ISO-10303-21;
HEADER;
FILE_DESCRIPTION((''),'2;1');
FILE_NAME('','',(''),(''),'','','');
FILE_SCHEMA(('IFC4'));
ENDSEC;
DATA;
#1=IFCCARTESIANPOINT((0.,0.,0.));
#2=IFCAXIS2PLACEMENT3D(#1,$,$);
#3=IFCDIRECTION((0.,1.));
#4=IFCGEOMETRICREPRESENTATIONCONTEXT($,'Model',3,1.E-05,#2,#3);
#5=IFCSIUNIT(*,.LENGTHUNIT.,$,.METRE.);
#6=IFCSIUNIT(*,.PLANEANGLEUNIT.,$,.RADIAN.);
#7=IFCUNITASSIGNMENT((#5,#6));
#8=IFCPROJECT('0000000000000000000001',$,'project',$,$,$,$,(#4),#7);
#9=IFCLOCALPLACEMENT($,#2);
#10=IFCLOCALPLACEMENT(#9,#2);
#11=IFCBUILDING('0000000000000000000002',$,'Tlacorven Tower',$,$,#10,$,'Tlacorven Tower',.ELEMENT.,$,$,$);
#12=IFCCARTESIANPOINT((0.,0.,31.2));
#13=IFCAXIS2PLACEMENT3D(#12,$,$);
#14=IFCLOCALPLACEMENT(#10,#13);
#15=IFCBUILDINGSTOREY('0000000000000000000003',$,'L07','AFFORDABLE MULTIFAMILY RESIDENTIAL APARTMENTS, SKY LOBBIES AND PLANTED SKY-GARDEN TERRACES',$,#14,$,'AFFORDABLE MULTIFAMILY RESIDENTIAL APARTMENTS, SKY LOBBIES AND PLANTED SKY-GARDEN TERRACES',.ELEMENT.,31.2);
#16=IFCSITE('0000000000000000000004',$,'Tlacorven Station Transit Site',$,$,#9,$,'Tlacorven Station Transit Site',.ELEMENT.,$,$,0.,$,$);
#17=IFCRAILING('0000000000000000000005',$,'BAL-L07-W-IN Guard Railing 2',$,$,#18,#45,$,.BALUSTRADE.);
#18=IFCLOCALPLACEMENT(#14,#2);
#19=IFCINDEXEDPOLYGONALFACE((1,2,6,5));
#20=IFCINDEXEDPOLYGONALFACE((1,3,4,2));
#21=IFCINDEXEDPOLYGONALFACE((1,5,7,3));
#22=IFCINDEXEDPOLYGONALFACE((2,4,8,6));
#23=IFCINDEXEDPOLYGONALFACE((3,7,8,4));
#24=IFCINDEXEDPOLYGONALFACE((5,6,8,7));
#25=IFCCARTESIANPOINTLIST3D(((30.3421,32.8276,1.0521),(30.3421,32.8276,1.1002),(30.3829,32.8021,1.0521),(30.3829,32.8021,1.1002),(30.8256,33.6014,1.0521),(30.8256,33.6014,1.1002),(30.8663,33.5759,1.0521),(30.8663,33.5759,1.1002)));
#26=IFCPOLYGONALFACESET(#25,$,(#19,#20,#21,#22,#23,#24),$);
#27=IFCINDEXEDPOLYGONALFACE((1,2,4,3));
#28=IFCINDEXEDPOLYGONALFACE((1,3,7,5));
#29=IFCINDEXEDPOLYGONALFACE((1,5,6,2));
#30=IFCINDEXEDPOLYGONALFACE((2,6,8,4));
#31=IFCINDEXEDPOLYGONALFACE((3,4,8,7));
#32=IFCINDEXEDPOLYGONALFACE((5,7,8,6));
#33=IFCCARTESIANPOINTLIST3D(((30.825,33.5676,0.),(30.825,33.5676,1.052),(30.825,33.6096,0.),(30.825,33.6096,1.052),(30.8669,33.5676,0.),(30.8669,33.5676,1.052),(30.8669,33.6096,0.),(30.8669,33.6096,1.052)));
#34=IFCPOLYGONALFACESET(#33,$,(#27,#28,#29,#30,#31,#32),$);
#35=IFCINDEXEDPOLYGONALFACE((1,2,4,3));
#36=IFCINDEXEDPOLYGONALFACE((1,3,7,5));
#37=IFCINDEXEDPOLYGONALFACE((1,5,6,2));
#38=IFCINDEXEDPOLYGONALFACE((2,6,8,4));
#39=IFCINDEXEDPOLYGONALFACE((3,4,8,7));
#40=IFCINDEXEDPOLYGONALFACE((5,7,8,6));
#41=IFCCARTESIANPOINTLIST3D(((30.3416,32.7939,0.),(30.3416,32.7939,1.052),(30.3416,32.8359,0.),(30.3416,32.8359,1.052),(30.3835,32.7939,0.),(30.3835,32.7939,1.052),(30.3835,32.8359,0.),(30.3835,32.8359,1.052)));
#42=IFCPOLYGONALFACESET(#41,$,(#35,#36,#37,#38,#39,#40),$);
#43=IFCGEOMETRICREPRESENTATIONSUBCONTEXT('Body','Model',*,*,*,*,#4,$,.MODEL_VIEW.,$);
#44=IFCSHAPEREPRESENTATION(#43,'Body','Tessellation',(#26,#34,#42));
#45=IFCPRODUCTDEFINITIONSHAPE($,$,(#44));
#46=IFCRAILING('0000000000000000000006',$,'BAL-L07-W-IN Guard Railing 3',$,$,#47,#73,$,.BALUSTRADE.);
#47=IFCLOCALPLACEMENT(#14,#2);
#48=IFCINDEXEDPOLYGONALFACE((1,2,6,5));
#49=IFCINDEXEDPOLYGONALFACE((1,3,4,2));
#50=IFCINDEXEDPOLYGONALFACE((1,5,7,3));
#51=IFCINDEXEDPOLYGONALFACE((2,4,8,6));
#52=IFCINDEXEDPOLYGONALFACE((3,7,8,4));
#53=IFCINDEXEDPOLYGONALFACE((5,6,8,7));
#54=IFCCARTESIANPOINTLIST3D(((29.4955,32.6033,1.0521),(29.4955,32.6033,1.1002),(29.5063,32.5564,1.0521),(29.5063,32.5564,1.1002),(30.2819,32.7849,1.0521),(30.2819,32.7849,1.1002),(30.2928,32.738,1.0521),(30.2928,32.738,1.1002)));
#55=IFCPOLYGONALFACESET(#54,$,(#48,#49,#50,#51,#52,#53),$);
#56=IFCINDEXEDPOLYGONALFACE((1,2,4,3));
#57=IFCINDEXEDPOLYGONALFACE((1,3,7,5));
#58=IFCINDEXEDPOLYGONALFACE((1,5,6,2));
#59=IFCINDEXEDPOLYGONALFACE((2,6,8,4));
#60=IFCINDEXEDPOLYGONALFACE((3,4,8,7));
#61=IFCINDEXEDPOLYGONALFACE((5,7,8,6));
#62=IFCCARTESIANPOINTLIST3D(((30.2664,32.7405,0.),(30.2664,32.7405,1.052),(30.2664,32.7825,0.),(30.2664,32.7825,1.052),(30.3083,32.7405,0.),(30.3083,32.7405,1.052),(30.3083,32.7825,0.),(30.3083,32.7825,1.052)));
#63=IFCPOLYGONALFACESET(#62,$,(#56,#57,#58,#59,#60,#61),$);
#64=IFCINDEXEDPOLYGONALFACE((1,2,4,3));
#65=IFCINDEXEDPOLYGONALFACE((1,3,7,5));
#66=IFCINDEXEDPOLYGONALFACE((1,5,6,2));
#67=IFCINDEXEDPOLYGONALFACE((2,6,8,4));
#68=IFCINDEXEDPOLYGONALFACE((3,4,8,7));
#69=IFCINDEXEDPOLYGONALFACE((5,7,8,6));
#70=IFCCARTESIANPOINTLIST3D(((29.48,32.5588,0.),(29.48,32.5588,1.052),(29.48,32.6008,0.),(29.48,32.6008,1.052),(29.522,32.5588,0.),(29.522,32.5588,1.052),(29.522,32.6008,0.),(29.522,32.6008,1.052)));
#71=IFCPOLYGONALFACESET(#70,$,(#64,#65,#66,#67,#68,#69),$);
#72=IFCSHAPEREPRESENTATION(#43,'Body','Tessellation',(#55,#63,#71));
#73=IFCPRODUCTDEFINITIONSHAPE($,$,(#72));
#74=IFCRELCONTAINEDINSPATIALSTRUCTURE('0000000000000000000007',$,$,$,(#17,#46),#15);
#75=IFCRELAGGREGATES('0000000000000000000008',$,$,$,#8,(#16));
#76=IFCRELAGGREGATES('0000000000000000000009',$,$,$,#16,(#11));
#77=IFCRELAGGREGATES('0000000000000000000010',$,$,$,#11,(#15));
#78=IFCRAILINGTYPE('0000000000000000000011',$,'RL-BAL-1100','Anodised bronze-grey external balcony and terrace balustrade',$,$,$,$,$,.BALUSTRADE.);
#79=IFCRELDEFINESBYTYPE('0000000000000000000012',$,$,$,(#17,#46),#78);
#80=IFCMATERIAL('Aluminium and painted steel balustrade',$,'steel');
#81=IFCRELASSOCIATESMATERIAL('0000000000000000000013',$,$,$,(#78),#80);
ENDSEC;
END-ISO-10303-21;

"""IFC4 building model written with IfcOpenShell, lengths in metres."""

from ifc_helpers import new_model, si_unit, direction, frame, origin, origin_2d, place, context, subcontext, project, spatial, rectangle, extrude, source, transform, mapped, material, type_object, element, save


model = new_model("IFC4")

# Units and contexts
model_context = context("Model", 3, precision=1e-05, world=origin(), true_north=direction((0.0, 1.0)))
body_context = subcontext(model_context, "Body", "Model", "MODEL_VIEW")
ifc_project = project(units=[si_unit("LENGTHUNIT", "METRE"), si_unit("PLANEANGLEUNIT", "RADIAN")], contexts=[model_context])

# Site, building, storey
site_placement = place(None, origin())
site = spatial("IfcSite", under=ifc_project, at=site_placement, Name="Tlacorven Station Transit Site", LongName="Tlacorven Station Transit Site", CompositionType="ELEMENT", RefElevation=0.0)
building_placement = place(site_placement, origin())
building = spatial("IfcBuilding", under=site, at=building_placement, Name="Tlacorven Tower", LongName="Tlacorven Tower", CompositionType="ELEMENT")
storey_placement = place(building_placement, frame((0.0, 0.0, 31.2)))
storey = spatial("IfcBuildingStorey", under=building, at=storey_placement, Name="L07", Description="AFFORDABLE MULTIFAMILY RESIDENTIAL APARTMENTS, SKY LOBBIES AND PLANTED SKY-GARDEN TERRACES", LongName="AFFORDABLE MULTIFAMILY RESIDENTIAL APARTMENTS, SKY LOBBIES AND PLANTED SKY-GARDEN TERRACES", CompositionType="ELEMENT", Elevation=31.2)

# Railings
ifc_material_1 = material(Name="Aluminium and painted steel balustrade", Category="steel")
railing_type = type_object("IfcRailingType", Name="RL-BAL-1100", Description="Anodised bronze-grey external balcony and terrace balustrade", PredefinedType="BALUSTRADE", material=ifc_material_1)
shared_shape_1 = source(origin(), body_context, "Body", "SweptSolid", [
    extrude(rectangle(XDim=0.0481, YDim=0.0481, at=origin_2d()), frame((0.0, 0.0, 1.0762), z_axis=(-0.529879, -0.848073, 0.0), x_axis=(0.848073, -0.529879, 0.0)), (0.0, 0.0, 1.0), 0.9124),
    extrude(rectangle(XDim=0.042, YDim=0.042, at=origin_2d()), origin(), (0.0, 0.0, 1.0), 1.052),
    extrude(rectangle(XDim=0.042, YDim=0.042, at=origin_2d()), frame((-0.4834, -0.7737, 0.0)), (0.0, 0.0, 1.0), 1.052),
])
railing_1_placement = place(storey_placement, frame((30.8459, 33.5886, 0.0)))
element("IfcRailing", 1, at=railing_1_placement, inside=storey, type_object=railing_type, Name="BAL-L07-W-IN Guard Railing 2", PredefinedType="BALUSTRADE", context=body_context, shape_type="MappedRepresentation", body=[
    mapped(shared_shape_1, transform((0.0, 0.0, 0.0), scale=1.0)),
])
shared_shape_2 = source(origin(), body_context, "Body", "SweptSolid", [
    extrude(rectangle(XDim=0.0481, YDim=0.0481, at=origin_2d()), frame((0.0, 0.0, 1.0762), z_axis=(-0.974345, -0.225058, 0.0), x_axis=(0.225058, -0.974345, 0.0)), (0.0, 0.0, 1.0), 0.8071),
    extrude(rectangle(XDim=0.042, YDim=0.042, at=origin_2d()), origin(), (0.0, 0.0, 1.0), 1.052),
    extrude(rectangle(XDim=0.042, YDim=0.042, at=origin_2d()), frame((-0.7864, -0.1816, 0.0)), (0.0, 0.0, 1.0), 1.052),
])
railing_2_placement = place(storey_placement, frame((30.2874, 32.7615, 0.0)))
element("IfcRailing", 2, at=railing_2_placement, inside=storey, type_object=railing_type, Name="BAL-L07-W-IN Guard Railing 3", PredefinedType="BALUSTRADE", context=body_context, shape_type="MappedRepresentation", body=[
    mapped(shared_shape_2, transform((0.0, 0.0, 0.0), scale=1.0)),
])

save(model, "model.ifc")
